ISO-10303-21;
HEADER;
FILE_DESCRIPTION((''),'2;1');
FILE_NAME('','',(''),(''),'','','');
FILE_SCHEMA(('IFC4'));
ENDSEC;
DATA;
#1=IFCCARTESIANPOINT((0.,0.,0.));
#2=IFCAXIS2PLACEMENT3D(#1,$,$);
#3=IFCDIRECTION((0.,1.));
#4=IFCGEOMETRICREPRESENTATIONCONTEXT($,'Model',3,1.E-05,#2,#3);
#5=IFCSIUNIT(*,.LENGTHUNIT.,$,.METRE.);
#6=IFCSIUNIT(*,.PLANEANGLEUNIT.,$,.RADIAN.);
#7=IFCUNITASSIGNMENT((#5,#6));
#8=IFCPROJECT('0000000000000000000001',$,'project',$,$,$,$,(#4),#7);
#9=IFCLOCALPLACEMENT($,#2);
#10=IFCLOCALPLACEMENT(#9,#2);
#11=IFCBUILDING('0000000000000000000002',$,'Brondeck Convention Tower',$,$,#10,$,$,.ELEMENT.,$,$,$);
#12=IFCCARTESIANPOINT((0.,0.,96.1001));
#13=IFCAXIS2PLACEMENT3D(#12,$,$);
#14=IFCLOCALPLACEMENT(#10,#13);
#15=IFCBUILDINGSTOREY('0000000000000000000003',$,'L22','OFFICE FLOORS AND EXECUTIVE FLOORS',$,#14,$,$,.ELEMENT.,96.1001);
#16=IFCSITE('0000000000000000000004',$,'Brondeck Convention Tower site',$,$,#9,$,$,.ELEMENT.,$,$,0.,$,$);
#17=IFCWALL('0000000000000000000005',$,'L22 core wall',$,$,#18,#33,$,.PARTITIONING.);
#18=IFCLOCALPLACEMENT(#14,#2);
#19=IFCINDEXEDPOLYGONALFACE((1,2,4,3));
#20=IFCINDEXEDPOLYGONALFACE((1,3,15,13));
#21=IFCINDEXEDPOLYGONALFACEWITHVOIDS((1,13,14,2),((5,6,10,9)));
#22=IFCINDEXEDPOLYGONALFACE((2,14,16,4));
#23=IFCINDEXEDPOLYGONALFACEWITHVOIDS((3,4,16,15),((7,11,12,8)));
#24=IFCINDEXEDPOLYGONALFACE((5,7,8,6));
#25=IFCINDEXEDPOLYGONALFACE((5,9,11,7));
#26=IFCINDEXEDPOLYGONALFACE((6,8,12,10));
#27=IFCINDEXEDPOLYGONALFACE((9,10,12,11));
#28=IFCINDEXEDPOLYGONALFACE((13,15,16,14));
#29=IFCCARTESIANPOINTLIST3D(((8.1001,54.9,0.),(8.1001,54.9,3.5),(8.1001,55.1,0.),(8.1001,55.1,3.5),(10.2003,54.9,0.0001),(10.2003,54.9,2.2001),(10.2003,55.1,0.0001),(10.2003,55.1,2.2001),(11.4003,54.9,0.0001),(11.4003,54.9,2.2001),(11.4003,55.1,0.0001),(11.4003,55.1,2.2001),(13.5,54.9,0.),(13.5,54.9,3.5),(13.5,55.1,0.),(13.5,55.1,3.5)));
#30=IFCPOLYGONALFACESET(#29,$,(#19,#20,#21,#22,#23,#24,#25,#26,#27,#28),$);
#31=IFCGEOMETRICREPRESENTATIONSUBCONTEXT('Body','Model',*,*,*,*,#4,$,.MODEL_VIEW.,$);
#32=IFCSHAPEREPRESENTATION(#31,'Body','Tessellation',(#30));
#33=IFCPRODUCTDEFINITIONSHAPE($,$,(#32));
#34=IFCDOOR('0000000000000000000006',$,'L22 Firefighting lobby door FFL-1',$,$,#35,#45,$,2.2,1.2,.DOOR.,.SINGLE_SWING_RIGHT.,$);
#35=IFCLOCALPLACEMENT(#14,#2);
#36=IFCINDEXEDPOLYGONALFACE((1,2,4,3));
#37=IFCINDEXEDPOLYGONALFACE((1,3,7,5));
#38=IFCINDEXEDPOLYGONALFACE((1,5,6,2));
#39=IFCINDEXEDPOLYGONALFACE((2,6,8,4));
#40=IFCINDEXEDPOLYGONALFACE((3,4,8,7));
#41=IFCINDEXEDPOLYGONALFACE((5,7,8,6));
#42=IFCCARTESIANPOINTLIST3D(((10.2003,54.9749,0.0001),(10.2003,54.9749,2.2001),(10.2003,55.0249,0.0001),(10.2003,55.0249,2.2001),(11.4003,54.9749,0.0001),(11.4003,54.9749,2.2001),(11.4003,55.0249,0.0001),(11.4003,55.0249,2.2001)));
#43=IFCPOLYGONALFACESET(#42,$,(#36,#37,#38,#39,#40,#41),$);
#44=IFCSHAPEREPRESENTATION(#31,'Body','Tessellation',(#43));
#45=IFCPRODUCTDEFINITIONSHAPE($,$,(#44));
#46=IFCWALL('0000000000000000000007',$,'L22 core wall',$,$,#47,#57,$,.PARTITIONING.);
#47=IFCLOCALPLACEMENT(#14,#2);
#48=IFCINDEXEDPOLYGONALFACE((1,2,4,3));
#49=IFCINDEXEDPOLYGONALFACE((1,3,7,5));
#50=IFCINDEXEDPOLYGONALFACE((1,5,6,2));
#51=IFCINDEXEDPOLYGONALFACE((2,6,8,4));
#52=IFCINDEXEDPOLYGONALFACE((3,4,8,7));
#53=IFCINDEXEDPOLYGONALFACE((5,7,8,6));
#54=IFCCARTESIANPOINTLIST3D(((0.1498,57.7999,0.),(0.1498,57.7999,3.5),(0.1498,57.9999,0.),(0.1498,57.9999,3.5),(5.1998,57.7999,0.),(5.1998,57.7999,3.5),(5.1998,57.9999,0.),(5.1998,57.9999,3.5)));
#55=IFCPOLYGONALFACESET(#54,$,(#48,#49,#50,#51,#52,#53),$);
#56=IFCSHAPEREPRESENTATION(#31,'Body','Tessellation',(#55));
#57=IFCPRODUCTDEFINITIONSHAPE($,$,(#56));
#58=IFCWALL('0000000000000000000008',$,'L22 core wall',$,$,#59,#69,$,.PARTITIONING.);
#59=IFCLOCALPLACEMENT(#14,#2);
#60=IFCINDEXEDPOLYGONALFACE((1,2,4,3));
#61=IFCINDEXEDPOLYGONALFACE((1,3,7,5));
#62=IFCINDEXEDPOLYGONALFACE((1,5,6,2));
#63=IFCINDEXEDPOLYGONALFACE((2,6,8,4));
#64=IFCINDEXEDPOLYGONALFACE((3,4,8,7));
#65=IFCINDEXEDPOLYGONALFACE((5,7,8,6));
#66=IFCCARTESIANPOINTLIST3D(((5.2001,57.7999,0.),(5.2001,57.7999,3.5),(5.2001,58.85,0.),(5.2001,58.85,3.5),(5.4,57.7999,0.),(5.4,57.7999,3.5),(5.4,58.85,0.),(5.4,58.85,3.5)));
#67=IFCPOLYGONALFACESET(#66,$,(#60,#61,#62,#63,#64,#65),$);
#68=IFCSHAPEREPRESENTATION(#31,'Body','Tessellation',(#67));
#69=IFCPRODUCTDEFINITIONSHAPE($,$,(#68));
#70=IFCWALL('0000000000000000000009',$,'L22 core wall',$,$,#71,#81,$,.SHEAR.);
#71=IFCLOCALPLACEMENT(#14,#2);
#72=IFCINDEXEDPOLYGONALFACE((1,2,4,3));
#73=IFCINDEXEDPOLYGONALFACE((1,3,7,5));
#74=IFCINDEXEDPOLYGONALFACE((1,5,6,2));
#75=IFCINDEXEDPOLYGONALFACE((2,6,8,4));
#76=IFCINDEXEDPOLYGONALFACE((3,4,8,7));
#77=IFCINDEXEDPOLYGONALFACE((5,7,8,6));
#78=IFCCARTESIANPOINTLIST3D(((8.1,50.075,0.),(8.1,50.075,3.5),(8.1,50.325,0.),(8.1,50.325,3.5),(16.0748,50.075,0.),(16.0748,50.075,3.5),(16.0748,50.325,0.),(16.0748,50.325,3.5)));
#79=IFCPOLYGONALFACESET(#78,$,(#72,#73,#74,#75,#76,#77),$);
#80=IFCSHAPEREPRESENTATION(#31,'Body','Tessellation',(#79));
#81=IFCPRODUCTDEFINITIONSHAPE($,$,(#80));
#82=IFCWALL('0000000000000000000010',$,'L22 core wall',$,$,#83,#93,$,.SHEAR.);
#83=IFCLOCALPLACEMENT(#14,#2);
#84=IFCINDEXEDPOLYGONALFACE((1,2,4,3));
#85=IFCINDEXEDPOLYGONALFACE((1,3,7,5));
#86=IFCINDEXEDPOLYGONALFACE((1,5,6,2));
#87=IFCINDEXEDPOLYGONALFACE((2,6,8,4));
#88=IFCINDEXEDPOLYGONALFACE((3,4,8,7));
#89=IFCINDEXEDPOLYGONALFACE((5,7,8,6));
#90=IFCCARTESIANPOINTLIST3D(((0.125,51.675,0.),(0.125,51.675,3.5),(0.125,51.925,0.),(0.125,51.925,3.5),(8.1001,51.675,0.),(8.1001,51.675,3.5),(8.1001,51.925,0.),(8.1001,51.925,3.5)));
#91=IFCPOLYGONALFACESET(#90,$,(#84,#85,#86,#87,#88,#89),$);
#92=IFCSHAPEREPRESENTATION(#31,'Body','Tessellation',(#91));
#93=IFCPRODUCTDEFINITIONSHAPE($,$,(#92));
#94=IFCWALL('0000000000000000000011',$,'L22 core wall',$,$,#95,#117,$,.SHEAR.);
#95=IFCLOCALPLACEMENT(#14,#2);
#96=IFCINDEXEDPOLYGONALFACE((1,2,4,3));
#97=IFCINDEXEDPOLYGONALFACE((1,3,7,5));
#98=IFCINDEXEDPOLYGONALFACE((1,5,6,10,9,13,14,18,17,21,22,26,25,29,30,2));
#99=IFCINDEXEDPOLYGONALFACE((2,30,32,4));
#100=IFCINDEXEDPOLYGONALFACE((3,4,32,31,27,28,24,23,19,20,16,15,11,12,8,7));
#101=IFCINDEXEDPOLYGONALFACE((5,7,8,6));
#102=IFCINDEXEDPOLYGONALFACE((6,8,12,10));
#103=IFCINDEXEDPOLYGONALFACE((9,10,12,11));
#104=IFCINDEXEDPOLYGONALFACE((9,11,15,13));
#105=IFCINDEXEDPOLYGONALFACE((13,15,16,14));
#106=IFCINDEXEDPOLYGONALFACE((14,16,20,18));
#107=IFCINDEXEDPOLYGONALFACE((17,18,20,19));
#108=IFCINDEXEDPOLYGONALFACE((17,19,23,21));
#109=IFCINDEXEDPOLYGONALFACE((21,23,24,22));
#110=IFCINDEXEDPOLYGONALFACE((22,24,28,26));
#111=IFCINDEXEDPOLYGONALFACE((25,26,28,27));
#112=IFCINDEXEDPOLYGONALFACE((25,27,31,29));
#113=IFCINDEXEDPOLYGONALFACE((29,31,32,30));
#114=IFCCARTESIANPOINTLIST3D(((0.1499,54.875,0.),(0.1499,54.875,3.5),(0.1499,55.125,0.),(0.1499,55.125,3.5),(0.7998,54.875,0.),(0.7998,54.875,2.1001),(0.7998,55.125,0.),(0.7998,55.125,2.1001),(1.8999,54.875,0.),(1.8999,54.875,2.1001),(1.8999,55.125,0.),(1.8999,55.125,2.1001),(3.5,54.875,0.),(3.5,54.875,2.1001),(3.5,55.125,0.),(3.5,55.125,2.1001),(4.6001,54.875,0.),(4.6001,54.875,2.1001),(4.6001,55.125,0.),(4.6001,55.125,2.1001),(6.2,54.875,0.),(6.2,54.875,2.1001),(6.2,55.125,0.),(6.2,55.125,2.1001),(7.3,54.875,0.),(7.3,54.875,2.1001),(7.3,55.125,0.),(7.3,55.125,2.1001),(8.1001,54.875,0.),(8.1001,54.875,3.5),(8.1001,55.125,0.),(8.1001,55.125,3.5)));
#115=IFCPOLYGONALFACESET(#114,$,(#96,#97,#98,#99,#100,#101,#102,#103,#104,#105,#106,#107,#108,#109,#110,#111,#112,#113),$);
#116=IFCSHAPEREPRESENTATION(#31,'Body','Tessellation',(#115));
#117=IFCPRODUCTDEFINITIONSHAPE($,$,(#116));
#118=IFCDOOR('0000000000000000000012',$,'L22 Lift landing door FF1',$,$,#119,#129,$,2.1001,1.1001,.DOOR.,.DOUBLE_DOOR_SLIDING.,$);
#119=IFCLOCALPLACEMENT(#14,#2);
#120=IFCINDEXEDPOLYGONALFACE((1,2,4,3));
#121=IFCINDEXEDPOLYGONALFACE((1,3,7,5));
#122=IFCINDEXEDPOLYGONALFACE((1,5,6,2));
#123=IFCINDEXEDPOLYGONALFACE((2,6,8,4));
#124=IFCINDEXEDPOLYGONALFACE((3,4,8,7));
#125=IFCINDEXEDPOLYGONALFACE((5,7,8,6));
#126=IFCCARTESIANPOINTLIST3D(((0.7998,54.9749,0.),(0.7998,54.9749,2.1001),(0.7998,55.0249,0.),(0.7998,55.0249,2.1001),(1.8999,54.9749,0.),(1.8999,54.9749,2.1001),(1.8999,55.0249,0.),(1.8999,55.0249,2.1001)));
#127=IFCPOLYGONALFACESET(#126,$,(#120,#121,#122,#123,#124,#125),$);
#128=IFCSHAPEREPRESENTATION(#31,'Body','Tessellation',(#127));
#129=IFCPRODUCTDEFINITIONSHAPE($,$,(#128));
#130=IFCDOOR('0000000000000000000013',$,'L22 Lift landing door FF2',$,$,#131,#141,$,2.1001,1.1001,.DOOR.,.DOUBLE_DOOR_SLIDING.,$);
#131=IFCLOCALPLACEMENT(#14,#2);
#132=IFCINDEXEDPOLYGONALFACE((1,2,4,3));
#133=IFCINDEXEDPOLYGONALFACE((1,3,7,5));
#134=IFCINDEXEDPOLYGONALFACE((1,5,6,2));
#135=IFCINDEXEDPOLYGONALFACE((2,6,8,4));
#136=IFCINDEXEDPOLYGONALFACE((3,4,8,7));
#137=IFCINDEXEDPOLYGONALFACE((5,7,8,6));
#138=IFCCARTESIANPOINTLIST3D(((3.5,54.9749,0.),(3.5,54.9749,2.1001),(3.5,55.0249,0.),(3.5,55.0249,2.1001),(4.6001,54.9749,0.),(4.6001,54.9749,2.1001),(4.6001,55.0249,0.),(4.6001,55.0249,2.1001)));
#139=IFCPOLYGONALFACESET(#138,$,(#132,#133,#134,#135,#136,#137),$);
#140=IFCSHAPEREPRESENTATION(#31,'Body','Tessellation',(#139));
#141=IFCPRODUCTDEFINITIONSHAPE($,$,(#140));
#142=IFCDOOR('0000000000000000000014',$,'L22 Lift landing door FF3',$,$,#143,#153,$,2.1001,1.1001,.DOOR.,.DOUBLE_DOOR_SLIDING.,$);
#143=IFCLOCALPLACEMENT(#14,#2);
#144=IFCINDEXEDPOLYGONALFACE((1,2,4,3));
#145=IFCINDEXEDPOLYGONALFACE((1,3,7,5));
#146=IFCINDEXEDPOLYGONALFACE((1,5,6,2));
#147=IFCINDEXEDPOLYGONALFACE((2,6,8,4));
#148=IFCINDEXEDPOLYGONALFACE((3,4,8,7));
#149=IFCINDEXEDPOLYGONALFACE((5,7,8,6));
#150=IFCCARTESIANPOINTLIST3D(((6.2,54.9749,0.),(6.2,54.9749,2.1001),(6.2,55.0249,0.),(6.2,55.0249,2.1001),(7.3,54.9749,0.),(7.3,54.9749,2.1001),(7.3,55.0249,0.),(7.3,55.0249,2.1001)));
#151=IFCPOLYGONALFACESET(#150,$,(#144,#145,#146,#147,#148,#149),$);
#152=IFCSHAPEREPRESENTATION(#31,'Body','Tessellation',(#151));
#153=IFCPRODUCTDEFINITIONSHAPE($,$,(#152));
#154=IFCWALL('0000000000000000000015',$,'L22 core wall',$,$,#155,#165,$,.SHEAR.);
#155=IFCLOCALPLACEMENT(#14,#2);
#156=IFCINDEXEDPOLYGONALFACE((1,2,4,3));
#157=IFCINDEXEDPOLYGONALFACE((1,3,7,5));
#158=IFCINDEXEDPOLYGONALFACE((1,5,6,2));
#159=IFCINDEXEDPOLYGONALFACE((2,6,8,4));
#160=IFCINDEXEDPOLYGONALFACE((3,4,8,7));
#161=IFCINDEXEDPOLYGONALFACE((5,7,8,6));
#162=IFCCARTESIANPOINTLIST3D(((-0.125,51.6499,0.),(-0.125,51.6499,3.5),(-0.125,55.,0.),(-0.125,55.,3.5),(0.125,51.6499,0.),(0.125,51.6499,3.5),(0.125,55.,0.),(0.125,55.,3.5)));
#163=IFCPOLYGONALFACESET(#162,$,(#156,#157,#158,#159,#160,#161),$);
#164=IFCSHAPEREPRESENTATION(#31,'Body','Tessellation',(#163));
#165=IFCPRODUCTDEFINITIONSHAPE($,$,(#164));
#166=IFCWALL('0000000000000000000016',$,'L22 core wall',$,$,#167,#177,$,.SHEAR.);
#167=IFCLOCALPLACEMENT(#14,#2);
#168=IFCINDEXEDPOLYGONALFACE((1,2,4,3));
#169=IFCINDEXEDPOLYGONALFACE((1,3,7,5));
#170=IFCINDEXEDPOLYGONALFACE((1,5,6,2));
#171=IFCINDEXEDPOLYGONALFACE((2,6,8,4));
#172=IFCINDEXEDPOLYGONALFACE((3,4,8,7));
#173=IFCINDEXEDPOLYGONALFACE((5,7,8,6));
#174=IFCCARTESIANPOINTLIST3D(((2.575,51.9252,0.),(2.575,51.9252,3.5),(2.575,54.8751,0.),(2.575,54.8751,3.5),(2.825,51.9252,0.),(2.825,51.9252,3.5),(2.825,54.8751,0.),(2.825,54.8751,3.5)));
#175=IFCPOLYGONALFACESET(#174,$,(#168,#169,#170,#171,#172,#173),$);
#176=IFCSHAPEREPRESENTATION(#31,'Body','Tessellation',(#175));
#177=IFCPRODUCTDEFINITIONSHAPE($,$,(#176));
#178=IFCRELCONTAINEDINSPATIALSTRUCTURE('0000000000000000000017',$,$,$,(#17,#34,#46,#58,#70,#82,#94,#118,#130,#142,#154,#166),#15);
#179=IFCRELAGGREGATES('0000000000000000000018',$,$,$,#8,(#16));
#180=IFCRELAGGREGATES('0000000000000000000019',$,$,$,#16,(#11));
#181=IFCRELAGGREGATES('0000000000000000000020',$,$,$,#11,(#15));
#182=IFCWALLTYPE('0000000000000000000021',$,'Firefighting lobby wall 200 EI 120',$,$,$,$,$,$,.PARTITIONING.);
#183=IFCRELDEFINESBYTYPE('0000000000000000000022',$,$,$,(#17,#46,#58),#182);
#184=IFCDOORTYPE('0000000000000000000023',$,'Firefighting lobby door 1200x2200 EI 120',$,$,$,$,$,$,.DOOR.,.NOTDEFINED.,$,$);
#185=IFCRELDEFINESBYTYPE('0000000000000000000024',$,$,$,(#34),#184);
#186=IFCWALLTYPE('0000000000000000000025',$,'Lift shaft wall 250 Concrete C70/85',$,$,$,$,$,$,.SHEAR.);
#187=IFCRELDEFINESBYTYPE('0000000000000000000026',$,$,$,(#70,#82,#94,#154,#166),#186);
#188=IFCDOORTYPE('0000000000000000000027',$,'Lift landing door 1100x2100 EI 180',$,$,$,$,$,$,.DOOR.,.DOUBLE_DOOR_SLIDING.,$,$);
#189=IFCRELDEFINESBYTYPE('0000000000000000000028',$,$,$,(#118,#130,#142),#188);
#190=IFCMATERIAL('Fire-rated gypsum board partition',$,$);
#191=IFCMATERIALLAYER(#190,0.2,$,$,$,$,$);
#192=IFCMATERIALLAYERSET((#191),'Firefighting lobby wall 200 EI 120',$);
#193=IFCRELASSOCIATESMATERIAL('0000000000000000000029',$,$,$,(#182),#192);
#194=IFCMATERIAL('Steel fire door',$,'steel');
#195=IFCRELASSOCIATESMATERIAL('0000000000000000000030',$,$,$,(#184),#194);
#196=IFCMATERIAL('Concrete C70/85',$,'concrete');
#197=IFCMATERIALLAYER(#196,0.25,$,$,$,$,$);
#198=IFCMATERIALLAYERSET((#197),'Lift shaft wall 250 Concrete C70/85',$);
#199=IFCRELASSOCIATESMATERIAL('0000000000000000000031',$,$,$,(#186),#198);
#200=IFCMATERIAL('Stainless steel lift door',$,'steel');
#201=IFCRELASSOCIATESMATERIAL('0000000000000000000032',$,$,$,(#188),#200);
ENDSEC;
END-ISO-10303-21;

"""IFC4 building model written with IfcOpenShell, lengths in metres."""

from ifc_helpers import new_model, si_unit, direction, frame, frame_2d, origin, place, context, subcontext, project, spatial, rectangle, extrude, material, layer, layer_set, type_object, element, fill, save


model = new_model("IFC4")

# Units and contexts
model_context = context("Model", 3, precision=1e-05, world=origin(), true_north=direction((0.0, 1.0)))
body_context = subcontext(model_context, "Body", "Model", "MODEL_VIEW")
ifc_project = project(units=[si_unit("LENGTHUNIT", "METRE"), si_unit("PLANEANGLEUNIT", "RADIAN")], contexts=[model_context])

# Site, building, storey
site_placement = place(None, origin())
site = spatial("IfcSite", under=ifc_project, at=site_placement, Name="Brondeck Convention Tower site", CompositionType="ELEMENT", RefElevation=0.0)
building_placement = place(site_placement, origin())
building = spatial("IfcBuilding", under=site, at=building_placement, Name="Brondeck Convention Tower", CompositionType="ELEMENT")
storey_placement = place(building_placement, frame((0.0, 0.0, 96.1001)))
storey = spatial("IfcBuildingStorey", under=building, at=storey_placement, Name="L22", Description="OFFICE FLOORS AND EXECUTIVE FLOORS", CompositionType="ELEMENT", Elevation=96.1001)

# Shared definitions
ifc_material_1 = material(Name="Concrete C70/85", Category="concrete")

# Shared definitions
ifc_material_2 = material(Name="Fire-rated gypsum board partition")

# Wall, opening, door
ifc_layer_1 = layer(ifc_material_2, 0.2)
ifc_layer_set_1 = layer_set([ifc_layer_1], Name="Firefighting lobby wall 200 EI 120")
wall_type_1 = type_object("IfcWallType", Name="Firefighting lobby wall 200 EI 120", PredefinedType="PARTITIONING", material=ifc_layer_set_1)
wall_1_placement = place(storey_placement, frame((8.1001, 55.0, 0.0), z_axis=(0.0, 0.0, 1.0), x_axis=(1.0, 0.0, 0.0)))
wall_1 = element("IfcWall", 1, at=wall_1_placement, inside=storey, type_object=wall_type_1, Name="L22 core wall", PredefinedType="PARTITIONING", context=body_context, shape_type="SweptSolid", body=[
    extrude(rectangle(XDim=5.3999, YDim=0.2, at=frame_2d((2.7, 0.0))), origin(), (0.0, 0.0, 1.0), 3.5),
])
opening_1_placement = place(wall_1_placement, frame((2.1001, 0.0, 0.0)))
opening_1 = element("IfcOpeningElement", 2, at=opening_1_placement, cuts=wall_1, PredefinedType="OPENING", context=body_context, shape_type="SweptSolid", body=[
    extrude(rectangle(XDim=1.2, YDim=2.2, at=frame_2d((0.6001, 1.1001))), frame((0.0, 0.1099, 0.0), z_axis=(0.0, -1.0, 0.0), x_axis=(1.0, 0.0, 0.0)), (0.0, 0.0, 1.0), 0.22),
])
ifc_material_3 = material(Name="Steel fire door", Category="steel")
door_type_1 = type_object("IfcDoorType", Name="Firefighting lobby door 1200x2200 EI 120", OperationType="NOTDEFINED", PredefinedType="DOOR", material=ifc_material_3)
door_1_placement = place(opening_1_placement, origin())
door_1 = element("IfcDoor", 3, at=door_1_placement, inside=storey, type_object=door_type_1, Name="L22 Firefighting lobby door FFL-1", OperationType="SINGLE_SWING_RIGHT", OverallHeight=2.2, OverallWidth=1.2, PredefinedType="DOOR", context=body_context, shape_type="SweptSolid", body=[
    extrude(rectangle(XDim=1.2, YDim=2.2, at=frame_2d((0.6001, 1.1001))), frame((0.0, 0.0249, 0.0), z_axis=(0.0, -1.0, 0.0), x_axis=(1.0, 0.0, 0.0)), (0.0, 0.0, 1.0), 0.05),
])
fill(opening_1, door_1)

# Walls
wall_2_placement = place(storey_placement, frame((0.1499, 57.8999, 0.0), z_axis=(0.0, 0.0, 1.0), x_axis=(1.0, 0.0, 0.0)))
element("IfcWall", 4, at=wall_2_placement, inside=storey, type_object=wall_type_1, Name="L22 core wall", PredefinedType="PARTITIONING", context=body_context, shape_type="SweptSolid", body=[
    extrude(rectangle(XDim=5.05, YDim=0.2, at=frame_2d((2.5249, 0.0))), origin(), (0.0, 0.0, 1.0), 3.5),
])
wall_3_placement = place(storey_placement, frame((5.3, 57.8, 0.0), z_axis=(0.0, 0.0, 1.0), x_axis=(0.0, 1.0, 0.0)))
element("IfcWall", 5, at=wall_3_placement, inside=storey, type_object=wall_type_1, Name="L22 core wall", PredefinedType="PARTITIONING", context=body_context, shape_type="SweptSolid", body=[
    extrude(rectangle(XDim=1.05, YDim=0.2, at=frame_2d((0.5249, 0.0))), origin(), (0.0, 0.0, 1.0), 3.5),
])
ifc_layer_2 = layer(ifc_material_1, 0.25)
ifc_layer_set_2 = layer_set([ifc_layer_2], Name="Lift shaft wall 250 Concrete C70/85")
wall_type_2 = type_object("IfcWallType", Name="Lift shaft wall 250 Concrete C70/85", PredefinedType="SHEAR", material=ifc_layer_set_2)
wall_4_placement = place(storey_placement, frame((8.1001, 50.2, 0.0), z_axis=(0.0, 0.0, 1.0), x_axis=(1.0, 0.0, 0.0)))
element("IfcWall", 6, at=wall_4_placement, inside=storey, type_object=wall_type_2, Name="L22 core wall", PredefinedType="SHEAR", context=body_context, shape_type="SweptSolid", body=[
    extrude(rectangle(XDim=7.9749, YDim=0.25, at=frame_2d((3.9873, 0.0))), origin(), (0.0, 0.0, 1.0), 3.5),
])
wall_5_placement = place(storey_placement, frame((0.125, 51.8, 0.0), z_axis=(0.0, 0.0, 1.0), x_axis=(1.0, 0.0, 0.0)))
element("IfcWall", 7, at=wall_5_placement, inside=storey, type_object=wall_type_2, Name="L22 core wall", PredefinedType="SHEAR", context=body_context, shape_type="SweptSolid", body=[
    extrude(rectangle(XDim=7.9751, YDim=0.25, at=frame_2d((3.9875, 0.0))), origin(), (0.0, 0.0, 1.0), 3.5),
])

# Wall, openings, doors
wall_6_placement = place(storey_placement, frame((0.1499, 55.0, 0.0), z_axis=(0.0, 0.0, 1.0), x_axis=(1.0, 0.0, 0.0)))
wall_6 = element("IfcWall", 8, at=wall_6_placement, inside=storey, type_object=wall_type_2, Name="L22 core wall", PredefinedType="SHEAR", context=body_context, shape_type="SweptSolid", body=[
    extrude(rectangle(XDim=7.9502, YDim=0.25, at=frame_2d((3.9751, 0.0))), origin(), (0.0, 0.0, 1.0), 3.5),
])
opening_2_placement = place(wall_6_placement, frame((0.6499, 0.0, 0.0)))
opening_2 = element("IfcOpeningElement", 9, at=opening_2_placement, cuts=wall_6, PredefinedType="OPENING", context=body_context, shape_type="SweptSolid", body=[
    extrude(rectangle(XDim=1.1001, YDim=2.1001, at=frame_2d((0.55, 1.05))), frame((0.0, 0.135, 0.0), z_axis=(0.0, -1.0, 0.0), x_axis=(1.0, 0.0, 0.0)), (0.0, 0.0, 1.0), 0.27),
])
opening_3_placement = place(wall_6_placement, frame((3.3501, 0.0, 0.0)))
opening_3 = element("IfcOpeningElement", 10, at=opening_3_placement, cuts=wall_6, PredefinedType="OPENING", context=body_context, shape_type="SweptSolid", body=[
    extrude(rectangle(XDim=1.1001, YDim=2.1001, at=frame_2d((0.55, 1.05))), frame((0.0, 0.135, 0.0), z_axis=(0.0, -1.0, 0.0), x_axis=(1.0, 0.0, 0.0)), (0.0, 0.0, 1.0), 0.27),
])
opening_4_placement = place(wall_6_placement, frame((6.05, 0.0, 0.0)))
opening_4 = element("IfcOpeningElement", 11, at=opening_4_placement, cuts=wall_6, PredefinedType="OPENING", context=body_context, shape_type="SweptSolid", body=[
    extrude(rectangle(XDim=1.1001, YDim=2.1001, at=frame_2d((0.55, 1.05))), frame((0.0, 0.135, 0.0), z_axis=(0.0, -1.0, 0.0), x_axis=(1.0, 0.0, 0.0)), (0.0, 0.0, 1.0), 0.27),
])
ifc_material_4 = material(Name="Stainless steel lift door", Category="steel")
door_type_2 = type_object("IfcDoorType", Name="Lift landing door 1100x2100 EI 180", OperationType="DOUBLE_DOOR_SLIDING", PredefinedType="DOOR", material=ifc_material_4)
door_2_placement = place(opening_2_placement, origin())
door_2 = element("IfcDoor", 12, at=door_2_placement, inside=storey, type_object=door_type_2, Name="L22 Lift landing door FF1", OperationType="DOUBLE_DOOR_SLIDING", OverallHeight=2.1001, OverallWidth=1.1001, PredefinedType="DOOR", context=body_context, shape_type="SweptSolid", body=[
    extrude(rectangle(XDim=1.1001, YDim=2.1001, at=frame_2d((0.55, 1.05))), frame((0.0, 0.0249, 0.0), z_axis=(0.0, -1.0, 0.0), x_axis=(1.0, 0.0, 0.0)), (0.0, 0.0, 1.0), 0.05),
])
fill(opening_2, door_2)
door_3_placement = place(opening_3_placement, origin())
door_3 = element("IfcDoor", 13, at=door_3_placement, inside=storey, type_object=door_type_2, Name="L22 Lift landing door FF2", OperationType="DOUBLE_DOOR_SLIDING", OverallHeight=2.1001, OverallWidth=1.1001, PredefinedType="DOOR", context=body_context, shape_type="SweptSolid", body=[
    extrude(rectangle(XDim=1.1001, YDim=2.1001, at=frame_2d((0.55, 1.05))), frame((0.0, 0.0249, 0.0), z_axis=(0.0, -1.0, 0.0), x_axis=(1.0, 0.0, 0.0)), (0.0, 0.0, 1.0), 0.05),
])
fill(opening_3, door_3)
door_4_placement = place(opening_4_placement, origin())
door_4 = element("IfcDoor", 14, at=door_4_placement, inside=storey, type_object=door_type_2, Name="L22 Lift landing door FF3", OperationType="DOUBLE_DOOR_SLIDING", OverallHeight=2.1001, OverallWidth=1.1001, PredefinedType="DOOR", context=body_context, shape_type="SweptSolid", body=[
    extrude(rectangle(XDim=1.1001, YDim=2.1001, at=frame_2d((0.55, 1.05))), frame((0.0, 0.0249, 0.0), z_axis=(0.0, -1.0, 0.0), x_axis=(1.0, 0.0, 0.0)), (0.0, 0.0, 1.0), 0.05),
])
fill(opening_4, door_4)

# Walls
wall_7_placement = place(storey_placement, frame((0.0, 51.6499, 0.0), z_axis=(0.0, 0.0, 1.0), x_axis=(0.0, 1.0, 0.0)))
element("IfcWall", 15, at=wall_7_placement, inside=storey, type_object=wall_type_2, Name="L22 core wall", PredefinedType="SHEAR", context=body_context, shape_type="SweptSolid", body=[
    extrude(rectangle(XDim=3.3501, YDim=0.25, at=frame_2d((1.675, 0.0))), origin(), (0.0, 0.0, 1.0), 3.5),
])
for number, where, z_axis, x_axis, name in (
    (16, (2.7, 51.925, 0.0), (0.0, 0.0, 1.0), (0.0, 1.0, 0.0), "L22 core wall"),
):
    element("IfcWall", number, at=place(storey_placement, frame(where, z_axis=z_axis, x_axis=x_axis)), inside=storey, type_object=wall_type_2, Name=name, PredefinedType="SHEAR", context=body_context, shape_type="SweptSolid", body=[
        extrude(rectangle(XDim=2.95, YDim=0.25, at=frame_2d((1.4751, 0.0))), origin(), (0.0, 0.0, 1.0), 3.5),
    ])

save(model, "model.ifc")
